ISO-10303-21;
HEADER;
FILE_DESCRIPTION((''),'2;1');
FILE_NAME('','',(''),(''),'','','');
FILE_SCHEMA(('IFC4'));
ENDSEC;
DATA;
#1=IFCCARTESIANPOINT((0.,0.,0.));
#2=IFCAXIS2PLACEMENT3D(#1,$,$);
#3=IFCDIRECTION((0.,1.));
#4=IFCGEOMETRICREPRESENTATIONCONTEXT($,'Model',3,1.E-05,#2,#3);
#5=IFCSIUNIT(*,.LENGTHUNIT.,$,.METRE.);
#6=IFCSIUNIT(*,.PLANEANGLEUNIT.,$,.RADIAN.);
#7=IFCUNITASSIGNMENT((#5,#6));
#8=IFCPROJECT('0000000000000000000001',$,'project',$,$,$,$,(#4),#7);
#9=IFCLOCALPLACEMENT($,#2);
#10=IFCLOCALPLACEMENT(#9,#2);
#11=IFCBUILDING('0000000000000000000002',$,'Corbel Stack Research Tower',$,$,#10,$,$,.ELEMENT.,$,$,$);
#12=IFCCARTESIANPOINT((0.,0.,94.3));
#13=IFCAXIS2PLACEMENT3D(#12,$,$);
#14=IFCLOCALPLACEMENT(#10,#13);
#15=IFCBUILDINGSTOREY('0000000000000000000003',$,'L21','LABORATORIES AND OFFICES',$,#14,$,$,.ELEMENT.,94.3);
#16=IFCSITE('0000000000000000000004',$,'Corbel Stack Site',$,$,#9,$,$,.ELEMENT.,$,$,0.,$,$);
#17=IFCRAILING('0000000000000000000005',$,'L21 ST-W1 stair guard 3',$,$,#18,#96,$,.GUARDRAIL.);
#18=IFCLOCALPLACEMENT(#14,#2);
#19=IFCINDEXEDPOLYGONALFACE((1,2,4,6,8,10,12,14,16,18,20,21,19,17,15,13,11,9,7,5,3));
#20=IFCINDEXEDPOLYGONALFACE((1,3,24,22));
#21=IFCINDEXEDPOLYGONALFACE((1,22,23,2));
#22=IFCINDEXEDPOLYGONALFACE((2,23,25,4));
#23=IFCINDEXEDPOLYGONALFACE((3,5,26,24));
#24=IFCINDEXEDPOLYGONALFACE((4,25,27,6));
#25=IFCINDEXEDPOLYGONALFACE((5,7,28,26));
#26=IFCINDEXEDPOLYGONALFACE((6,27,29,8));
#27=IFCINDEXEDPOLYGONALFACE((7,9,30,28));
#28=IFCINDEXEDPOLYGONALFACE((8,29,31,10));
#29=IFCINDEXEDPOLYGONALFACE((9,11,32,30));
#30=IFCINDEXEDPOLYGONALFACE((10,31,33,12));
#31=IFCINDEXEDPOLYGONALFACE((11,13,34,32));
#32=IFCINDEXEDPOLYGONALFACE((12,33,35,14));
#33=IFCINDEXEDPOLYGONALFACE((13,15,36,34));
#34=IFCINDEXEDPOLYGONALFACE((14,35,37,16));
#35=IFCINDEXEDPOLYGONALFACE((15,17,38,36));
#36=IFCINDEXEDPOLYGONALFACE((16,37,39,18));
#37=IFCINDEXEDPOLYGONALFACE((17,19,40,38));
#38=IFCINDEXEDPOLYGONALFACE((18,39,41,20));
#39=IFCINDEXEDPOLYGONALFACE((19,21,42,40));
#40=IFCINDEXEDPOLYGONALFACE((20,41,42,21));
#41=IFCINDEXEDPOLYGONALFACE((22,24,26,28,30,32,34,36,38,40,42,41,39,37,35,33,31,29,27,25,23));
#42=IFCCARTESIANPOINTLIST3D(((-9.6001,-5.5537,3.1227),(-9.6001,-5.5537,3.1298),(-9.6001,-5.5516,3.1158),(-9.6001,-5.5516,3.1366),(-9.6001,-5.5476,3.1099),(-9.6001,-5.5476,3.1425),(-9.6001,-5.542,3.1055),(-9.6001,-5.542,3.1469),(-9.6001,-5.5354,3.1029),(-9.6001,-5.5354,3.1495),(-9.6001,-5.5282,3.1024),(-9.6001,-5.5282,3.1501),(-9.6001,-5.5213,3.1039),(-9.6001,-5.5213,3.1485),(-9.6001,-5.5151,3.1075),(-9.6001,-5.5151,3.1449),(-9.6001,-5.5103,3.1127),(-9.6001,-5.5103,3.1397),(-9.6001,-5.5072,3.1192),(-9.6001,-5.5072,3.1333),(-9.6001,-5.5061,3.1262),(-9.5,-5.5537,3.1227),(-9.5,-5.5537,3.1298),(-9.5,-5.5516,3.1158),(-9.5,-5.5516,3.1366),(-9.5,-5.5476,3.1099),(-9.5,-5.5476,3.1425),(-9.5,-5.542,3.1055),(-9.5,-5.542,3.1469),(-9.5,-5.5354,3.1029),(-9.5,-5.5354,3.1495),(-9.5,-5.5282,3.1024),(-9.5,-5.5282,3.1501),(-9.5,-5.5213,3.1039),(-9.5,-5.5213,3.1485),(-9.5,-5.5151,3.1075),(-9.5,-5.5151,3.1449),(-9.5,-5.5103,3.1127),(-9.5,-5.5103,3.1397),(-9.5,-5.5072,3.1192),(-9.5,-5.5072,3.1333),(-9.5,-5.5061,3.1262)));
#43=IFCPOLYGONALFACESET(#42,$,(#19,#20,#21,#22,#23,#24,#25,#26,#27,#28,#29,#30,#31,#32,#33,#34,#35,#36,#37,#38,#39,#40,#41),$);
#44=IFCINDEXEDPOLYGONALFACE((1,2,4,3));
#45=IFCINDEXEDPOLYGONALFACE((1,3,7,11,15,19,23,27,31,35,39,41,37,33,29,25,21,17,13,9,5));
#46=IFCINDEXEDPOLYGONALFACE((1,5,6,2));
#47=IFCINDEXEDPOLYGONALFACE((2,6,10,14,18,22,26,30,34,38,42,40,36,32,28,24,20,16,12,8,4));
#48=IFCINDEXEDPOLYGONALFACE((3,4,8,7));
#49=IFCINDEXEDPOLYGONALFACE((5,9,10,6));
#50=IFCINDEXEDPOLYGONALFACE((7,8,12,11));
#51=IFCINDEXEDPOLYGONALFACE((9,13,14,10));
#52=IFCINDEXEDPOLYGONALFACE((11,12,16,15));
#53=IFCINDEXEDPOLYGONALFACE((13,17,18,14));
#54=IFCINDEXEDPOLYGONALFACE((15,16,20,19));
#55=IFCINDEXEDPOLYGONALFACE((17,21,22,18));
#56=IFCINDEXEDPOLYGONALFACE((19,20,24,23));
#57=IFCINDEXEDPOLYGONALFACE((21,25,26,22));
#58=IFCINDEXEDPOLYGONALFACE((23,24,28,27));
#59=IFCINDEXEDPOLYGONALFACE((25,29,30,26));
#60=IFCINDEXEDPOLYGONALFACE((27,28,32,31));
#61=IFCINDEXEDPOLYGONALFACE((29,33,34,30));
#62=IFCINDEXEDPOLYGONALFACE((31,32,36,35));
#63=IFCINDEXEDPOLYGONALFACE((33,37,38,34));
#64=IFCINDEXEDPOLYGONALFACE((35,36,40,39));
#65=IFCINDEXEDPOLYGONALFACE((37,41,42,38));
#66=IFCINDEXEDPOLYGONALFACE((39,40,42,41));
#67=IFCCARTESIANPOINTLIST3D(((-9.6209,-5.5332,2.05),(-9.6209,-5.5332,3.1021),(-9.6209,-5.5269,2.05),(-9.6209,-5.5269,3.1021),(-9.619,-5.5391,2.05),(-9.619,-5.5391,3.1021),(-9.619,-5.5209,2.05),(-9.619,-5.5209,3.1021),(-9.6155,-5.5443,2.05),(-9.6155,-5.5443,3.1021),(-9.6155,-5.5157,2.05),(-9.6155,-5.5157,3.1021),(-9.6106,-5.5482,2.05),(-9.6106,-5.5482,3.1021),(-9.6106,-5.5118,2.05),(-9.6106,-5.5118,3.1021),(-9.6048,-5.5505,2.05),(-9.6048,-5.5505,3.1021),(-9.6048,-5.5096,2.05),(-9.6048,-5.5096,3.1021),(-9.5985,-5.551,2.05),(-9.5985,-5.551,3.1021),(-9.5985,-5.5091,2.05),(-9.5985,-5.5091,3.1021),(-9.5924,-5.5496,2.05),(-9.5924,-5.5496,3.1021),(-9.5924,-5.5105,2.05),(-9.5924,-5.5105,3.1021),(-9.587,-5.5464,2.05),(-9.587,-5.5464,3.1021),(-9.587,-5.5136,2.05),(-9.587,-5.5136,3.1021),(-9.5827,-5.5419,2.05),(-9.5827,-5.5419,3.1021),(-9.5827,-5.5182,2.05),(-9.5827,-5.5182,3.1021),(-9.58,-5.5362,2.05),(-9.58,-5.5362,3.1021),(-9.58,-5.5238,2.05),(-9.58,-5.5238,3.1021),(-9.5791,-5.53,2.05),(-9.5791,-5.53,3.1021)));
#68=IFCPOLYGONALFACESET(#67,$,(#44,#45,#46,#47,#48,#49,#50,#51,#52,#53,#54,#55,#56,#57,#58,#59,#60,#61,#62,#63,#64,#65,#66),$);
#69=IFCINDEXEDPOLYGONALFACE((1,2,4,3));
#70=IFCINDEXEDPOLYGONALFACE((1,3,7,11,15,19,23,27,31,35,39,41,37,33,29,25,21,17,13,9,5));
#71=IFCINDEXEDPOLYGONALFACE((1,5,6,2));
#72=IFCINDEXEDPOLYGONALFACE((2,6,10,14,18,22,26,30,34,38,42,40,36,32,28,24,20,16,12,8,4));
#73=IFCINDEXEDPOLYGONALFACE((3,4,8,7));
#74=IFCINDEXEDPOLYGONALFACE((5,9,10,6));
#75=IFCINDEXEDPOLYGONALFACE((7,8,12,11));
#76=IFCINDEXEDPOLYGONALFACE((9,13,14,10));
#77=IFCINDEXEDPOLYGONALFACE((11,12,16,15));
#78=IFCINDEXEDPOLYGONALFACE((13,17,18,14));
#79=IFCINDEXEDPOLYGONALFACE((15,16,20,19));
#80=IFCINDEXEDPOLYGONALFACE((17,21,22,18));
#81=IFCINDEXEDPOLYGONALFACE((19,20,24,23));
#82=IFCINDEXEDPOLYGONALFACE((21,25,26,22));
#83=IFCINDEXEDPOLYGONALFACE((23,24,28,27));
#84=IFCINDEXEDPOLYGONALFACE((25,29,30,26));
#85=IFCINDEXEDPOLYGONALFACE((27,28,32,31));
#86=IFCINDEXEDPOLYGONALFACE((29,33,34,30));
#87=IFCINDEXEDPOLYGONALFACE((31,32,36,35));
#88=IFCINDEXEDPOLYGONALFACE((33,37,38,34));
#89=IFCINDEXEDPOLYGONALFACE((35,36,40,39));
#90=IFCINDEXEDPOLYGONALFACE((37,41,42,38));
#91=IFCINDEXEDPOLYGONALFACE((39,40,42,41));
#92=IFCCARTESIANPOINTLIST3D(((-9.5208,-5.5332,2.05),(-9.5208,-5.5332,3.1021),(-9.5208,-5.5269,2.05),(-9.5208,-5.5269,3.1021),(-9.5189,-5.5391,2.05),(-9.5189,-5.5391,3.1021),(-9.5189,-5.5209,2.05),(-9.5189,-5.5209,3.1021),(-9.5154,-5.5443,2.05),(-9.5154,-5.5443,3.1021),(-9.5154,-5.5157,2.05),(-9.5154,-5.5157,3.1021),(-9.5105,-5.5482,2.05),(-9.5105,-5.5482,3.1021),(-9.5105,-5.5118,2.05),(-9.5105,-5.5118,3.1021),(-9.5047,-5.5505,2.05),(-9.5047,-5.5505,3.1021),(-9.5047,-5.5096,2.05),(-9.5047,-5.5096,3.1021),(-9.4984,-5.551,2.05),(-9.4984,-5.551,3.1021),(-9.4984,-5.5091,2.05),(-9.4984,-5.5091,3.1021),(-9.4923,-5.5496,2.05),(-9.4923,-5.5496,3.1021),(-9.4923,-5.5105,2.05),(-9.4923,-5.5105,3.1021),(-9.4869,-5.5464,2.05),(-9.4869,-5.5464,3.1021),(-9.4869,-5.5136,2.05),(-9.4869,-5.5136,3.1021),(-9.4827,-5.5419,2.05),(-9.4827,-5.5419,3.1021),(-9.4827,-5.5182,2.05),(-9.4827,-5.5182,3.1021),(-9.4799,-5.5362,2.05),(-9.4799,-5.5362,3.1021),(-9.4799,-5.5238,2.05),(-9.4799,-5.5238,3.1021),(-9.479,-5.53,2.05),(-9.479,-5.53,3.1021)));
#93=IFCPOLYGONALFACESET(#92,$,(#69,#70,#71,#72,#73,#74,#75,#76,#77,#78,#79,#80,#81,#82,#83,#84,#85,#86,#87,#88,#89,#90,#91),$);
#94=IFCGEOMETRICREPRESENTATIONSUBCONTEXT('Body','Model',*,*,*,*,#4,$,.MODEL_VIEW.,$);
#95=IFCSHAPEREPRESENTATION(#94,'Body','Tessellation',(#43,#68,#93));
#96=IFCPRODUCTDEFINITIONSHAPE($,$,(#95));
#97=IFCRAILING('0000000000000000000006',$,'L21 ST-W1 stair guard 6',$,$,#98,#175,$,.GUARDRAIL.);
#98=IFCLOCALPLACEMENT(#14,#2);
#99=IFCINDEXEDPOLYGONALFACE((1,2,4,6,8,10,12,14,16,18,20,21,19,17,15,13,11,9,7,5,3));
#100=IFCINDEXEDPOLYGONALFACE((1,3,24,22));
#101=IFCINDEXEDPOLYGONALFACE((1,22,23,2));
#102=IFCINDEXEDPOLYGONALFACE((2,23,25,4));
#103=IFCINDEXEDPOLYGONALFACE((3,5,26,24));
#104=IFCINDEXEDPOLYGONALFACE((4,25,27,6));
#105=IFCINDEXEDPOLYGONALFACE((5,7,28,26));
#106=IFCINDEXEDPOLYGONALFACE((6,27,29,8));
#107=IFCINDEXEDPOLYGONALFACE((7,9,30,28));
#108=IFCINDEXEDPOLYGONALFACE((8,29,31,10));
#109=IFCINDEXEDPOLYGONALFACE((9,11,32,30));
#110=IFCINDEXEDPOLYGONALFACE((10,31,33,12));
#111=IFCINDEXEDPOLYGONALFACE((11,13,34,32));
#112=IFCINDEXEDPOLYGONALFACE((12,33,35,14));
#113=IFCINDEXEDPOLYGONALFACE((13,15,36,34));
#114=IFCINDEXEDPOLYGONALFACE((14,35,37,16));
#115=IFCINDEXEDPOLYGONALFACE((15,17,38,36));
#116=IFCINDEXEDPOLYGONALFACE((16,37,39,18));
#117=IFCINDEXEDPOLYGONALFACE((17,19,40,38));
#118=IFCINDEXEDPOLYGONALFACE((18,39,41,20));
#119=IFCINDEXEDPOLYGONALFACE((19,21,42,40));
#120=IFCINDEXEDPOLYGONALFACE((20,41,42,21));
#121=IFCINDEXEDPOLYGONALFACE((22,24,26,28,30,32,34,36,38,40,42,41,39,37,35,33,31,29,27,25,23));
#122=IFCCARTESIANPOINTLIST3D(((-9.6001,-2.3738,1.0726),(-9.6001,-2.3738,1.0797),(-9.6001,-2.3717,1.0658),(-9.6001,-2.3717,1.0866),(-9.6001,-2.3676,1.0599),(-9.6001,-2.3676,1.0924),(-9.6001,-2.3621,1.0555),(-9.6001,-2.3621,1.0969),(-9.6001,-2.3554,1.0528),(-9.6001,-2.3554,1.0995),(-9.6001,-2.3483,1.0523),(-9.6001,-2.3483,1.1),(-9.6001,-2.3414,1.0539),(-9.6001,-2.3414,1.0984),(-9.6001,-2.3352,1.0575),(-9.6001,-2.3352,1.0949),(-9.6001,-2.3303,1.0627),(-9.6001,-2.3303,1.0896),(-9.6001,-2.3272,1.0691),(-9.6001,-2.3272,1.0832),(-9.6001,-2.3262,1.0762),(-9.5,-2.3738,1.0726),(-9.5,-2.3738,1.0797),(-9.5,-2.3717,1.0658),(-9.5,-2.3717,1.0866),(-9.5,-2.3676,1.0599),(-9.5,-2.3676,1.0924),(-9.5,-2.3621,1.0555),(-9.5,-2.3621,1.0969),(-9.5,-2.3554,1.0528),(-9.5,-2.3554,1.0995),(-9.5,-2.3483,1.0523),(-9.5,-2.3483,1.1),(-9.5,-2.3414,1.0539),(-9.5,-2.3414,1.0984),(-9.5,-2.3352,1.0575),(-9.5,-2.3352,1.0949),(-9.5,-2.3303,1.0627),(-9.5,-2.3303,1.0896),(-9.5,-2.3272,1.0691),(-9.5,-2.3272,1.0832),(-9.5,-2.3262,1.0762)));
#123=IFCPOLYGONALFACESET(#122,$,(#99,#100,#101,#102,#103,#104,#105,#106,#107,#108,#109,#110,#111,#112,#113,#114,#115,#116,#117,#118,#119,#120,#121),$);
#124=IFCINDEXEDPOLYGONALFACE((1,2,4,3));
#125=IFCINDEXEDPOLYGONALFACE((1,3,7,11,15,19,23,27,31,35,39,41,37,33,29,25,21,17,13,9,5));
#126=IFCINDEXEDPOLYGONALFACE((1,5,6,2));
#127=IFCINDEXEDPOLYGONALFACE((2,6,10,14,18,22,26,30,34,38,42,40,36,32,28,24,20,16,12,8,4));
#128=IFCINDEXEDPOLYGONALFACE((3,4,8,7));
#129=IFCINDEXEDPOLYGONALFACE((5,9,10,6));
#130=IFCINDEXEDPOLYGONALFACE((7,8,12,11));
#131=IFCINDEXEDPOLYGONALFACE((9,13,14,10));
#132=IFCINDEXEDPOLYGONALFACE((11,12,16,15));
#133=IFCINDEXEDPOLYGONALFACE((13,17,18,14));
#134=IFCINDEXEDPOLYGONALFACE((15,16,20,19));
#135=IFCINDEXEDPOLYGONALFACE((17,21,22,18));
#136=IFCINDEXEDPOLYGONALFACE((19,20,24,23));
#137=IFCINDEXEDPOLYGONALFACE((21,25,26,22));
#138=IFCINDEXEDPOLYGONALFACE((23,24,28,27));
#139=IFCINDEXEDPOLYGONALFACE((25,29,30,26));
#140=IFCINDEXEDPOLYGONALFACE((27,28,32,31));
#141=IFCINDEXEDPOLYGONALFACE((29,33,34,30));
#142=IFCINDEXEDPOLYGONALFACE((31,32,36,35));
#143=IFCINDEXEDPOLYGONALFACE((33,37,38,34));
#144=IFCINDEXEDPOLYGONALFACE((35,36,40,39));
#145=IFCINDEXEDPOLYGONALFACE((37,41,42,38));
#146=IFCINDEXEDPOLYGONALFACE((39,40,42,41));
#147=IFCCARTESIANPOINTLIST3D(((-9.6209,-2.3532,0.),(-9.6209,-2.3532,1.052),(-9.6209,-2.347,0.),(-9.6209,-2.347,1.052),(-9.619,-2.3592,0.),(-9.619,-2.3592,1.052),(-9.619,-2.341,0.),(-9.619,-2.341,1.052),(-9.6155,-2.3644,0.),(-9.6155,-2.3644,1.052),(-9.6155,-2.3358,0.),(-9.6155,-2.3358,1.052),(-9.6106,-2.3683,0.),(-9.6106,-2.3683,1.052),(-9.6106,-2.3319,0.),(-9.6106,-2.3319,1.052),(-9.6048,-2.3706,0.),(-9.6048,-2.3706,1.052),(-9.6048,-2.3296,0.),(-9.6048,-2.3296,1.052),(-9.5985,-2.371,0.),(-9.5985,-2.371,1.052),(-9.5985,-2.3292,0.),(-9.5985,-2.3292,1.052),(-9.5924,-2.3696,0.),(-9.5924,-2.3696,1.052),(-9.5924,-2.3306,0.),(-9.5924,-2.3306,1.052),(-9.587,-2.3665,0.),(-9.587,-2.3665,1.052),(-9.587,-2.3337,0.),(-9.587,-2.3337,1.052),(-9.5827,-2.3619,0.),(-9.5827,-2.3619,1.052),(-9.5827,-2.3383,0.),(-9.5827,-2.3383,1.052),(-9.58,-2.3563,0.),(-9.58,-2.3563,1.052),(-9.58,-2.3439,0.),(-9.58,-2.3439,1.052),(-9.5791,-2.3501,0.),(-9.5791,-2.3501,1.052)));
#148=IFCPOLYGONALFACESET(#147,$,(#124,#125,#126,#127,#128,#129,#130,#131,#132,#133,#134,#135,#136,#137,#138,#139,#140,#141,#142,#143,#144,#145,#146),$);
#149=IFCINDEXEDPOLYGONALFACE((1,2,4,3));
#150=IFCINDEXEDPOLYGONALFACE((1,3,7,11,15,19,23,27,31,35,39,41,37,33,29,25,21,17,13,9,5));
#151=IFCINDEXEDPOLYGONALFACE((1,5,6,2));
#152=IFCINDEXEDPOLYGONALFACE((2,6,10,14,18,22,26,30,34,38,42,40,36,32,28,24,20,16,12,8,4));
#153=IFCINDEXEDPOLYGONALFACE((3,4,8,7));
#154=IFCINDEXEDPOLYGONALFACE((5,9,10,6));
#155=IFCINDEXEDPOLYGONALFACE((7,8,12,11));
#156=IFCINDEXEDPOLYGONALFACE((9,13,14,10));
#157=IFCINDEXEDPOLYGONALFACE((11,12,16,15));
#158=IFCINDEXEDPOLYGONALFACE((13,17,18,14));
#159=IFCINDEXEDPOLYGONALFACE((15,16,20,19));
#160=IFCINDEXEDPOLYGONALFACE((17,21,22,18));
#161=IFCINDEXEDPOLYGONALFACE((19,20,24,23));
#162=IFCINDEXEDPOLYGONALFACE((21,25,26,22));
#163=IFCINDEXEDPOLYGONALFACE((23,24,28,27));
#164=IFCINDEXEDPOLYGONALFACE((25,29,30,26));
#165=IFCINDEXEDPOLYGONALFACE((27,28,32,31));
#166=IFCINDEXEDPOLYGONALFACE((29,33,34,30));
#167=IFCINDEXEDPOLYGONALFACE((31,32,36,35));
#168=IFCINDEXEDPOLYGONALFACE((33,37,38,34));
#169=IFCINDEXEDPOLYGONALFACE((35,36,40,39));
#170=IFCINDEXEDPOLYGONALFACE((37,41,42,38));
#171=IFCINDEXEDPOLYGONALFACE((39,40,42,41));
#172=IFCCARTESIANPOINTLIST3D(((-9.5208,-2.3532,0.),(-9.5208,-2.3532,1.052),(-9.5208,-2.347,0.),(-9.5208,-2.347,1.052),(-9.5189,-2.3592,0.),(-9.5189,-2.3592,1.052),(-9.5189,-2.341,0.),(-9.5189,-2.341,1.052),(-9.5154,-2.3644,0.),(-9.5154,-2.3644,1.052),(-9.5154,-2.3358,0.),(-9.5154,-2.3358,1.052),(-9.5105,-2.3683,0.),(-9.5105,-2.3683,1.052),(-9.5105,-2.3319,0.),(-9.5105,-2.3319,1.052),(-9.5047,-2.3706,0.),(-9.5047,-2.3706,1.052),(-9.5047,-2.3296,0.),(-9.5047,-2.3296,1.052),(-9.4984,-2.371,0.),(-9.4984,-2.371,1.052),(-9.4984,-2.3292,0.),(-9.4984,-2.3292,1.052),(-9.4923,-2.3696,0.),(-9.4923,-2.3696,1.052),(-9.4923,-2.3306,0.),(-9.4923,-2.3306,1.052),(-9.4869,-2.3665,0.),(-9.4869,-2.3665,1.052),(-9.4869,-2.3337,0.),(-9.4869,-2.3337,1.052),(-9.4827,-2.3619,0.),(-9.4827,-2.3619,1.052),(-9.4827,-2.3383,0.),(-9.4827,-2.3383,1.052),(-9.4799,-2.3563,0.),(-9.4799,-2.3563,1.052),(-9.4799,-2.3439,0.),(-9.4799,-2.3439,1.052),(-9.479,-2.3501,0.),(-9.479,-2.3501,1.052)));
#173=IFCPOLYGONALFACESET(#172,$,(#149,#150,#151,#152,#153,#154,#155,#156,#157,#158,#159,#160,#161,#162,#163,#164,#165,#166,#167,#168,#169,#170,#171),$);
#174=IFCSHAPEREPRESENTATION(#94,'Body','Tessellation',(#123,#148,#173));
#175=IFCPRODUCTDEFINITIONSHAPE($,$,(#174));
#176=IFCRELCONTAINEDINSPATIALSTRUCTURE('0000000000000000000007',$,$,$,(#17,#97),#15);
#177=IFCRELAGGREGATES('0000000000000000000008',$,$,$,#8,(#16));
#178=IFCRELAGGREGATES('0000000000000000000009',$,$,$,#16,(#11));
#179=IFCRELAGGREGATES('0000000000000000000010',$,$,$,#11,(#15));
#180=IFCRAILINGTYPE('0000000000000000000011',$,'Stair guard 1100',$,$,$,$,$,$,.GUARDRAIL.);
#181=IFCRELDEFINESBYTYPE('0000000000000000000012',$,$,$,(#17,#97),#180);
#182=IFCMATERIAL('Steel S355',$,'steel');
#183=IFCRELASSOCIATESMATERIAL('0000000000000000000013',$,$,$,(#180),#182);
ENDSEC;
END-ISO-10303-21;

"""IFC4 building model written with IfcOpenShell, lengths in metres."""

from ifc_helpers import new_model, si_unit, direction, frame, origin, origin_2d, place, context, subcontext, project, spatial, circle, extrude, material, type_object, element, save


model = new_model("IFC4")

# Units and contexts
model_context = context("Model", 3, precision=1e-05, world=origin(), true_north=direction((0.0, 1.0)))
body_context = subcontext(model_context, "Body", "Model", "MODEL_VIEW")
ifc_project = project(units=[si_unit("LENGTHUNIT", "METRE"), si_unit("PLANEANGLEUNIT", "RADIAN")], contexts=[model_context])

# Site, building, storey
site_placement = place(None, origin())
site = spatial("IfcSite", under=ifc_project, at=site_placement, Name="Corbel Stack Site", CompositionType="ELEMENT", RefElevation=0.0)
building_placement = place(site_placement, origin())
building = spatial("IfcBuilding", under=site, at=building_placement, Name="Corbel Stack Research Tower", CompositionType="ELEMENT")
storey_placement = place(building_placement, frame((0.0, 0.0, 94.3)))
storey = spatial("IfcBuildingStorey", under=building, at=storey_placement, Name="L21", Description="LABORATORIES AND OFFICES", CompositionType="ELEMENT", Elevation=94.3)

# Railings
ifc_material_1 = material(Name="Steel S355", Category="steel")
railing_type_1 = type_object("IfcRailingType", Name="Stair guard 1100", PredefinedType="GUARDRAIL", material=ifc_material_1)
for number, where, name in (
    (1, (-9.6001, -5.53, 2.05), "L21 ST-W1 stair guard 3"),
    (2, (-9.6001, -2.3501, 0.0), "L21 ST-W1 stair guard 6"),
):
    element("IfcRailing", number, at=place(storey_placement, frame(where)), inside=storey, type_object=railing_type_1, Name=name, PredefinedType="GUARDRAIL", context=body_context, shape_type="SweptSolid", body=[
        extrude(circle(Radius=0.0239, at=origin_2d()), frame((0.0, 0.0, 1.0762), z_axis=(1.0, 0.0, 0.0), x_axis=(0.0, 1.0, 0.0)), (0.0, 0.0, 1.0), 0.1001),
        extrude(circle(Radius=0.021, at=origin_2d()), origin(), (0.0, 0.0, 1.0), 1.052),
        extrude(circle(Radius=0.021, at=origin_2d()), frame((0.1001, 0.0, 0.0)), (0.0, 0.0, 1.0), 1.052),
    ])

save(model, "model.ifc")
